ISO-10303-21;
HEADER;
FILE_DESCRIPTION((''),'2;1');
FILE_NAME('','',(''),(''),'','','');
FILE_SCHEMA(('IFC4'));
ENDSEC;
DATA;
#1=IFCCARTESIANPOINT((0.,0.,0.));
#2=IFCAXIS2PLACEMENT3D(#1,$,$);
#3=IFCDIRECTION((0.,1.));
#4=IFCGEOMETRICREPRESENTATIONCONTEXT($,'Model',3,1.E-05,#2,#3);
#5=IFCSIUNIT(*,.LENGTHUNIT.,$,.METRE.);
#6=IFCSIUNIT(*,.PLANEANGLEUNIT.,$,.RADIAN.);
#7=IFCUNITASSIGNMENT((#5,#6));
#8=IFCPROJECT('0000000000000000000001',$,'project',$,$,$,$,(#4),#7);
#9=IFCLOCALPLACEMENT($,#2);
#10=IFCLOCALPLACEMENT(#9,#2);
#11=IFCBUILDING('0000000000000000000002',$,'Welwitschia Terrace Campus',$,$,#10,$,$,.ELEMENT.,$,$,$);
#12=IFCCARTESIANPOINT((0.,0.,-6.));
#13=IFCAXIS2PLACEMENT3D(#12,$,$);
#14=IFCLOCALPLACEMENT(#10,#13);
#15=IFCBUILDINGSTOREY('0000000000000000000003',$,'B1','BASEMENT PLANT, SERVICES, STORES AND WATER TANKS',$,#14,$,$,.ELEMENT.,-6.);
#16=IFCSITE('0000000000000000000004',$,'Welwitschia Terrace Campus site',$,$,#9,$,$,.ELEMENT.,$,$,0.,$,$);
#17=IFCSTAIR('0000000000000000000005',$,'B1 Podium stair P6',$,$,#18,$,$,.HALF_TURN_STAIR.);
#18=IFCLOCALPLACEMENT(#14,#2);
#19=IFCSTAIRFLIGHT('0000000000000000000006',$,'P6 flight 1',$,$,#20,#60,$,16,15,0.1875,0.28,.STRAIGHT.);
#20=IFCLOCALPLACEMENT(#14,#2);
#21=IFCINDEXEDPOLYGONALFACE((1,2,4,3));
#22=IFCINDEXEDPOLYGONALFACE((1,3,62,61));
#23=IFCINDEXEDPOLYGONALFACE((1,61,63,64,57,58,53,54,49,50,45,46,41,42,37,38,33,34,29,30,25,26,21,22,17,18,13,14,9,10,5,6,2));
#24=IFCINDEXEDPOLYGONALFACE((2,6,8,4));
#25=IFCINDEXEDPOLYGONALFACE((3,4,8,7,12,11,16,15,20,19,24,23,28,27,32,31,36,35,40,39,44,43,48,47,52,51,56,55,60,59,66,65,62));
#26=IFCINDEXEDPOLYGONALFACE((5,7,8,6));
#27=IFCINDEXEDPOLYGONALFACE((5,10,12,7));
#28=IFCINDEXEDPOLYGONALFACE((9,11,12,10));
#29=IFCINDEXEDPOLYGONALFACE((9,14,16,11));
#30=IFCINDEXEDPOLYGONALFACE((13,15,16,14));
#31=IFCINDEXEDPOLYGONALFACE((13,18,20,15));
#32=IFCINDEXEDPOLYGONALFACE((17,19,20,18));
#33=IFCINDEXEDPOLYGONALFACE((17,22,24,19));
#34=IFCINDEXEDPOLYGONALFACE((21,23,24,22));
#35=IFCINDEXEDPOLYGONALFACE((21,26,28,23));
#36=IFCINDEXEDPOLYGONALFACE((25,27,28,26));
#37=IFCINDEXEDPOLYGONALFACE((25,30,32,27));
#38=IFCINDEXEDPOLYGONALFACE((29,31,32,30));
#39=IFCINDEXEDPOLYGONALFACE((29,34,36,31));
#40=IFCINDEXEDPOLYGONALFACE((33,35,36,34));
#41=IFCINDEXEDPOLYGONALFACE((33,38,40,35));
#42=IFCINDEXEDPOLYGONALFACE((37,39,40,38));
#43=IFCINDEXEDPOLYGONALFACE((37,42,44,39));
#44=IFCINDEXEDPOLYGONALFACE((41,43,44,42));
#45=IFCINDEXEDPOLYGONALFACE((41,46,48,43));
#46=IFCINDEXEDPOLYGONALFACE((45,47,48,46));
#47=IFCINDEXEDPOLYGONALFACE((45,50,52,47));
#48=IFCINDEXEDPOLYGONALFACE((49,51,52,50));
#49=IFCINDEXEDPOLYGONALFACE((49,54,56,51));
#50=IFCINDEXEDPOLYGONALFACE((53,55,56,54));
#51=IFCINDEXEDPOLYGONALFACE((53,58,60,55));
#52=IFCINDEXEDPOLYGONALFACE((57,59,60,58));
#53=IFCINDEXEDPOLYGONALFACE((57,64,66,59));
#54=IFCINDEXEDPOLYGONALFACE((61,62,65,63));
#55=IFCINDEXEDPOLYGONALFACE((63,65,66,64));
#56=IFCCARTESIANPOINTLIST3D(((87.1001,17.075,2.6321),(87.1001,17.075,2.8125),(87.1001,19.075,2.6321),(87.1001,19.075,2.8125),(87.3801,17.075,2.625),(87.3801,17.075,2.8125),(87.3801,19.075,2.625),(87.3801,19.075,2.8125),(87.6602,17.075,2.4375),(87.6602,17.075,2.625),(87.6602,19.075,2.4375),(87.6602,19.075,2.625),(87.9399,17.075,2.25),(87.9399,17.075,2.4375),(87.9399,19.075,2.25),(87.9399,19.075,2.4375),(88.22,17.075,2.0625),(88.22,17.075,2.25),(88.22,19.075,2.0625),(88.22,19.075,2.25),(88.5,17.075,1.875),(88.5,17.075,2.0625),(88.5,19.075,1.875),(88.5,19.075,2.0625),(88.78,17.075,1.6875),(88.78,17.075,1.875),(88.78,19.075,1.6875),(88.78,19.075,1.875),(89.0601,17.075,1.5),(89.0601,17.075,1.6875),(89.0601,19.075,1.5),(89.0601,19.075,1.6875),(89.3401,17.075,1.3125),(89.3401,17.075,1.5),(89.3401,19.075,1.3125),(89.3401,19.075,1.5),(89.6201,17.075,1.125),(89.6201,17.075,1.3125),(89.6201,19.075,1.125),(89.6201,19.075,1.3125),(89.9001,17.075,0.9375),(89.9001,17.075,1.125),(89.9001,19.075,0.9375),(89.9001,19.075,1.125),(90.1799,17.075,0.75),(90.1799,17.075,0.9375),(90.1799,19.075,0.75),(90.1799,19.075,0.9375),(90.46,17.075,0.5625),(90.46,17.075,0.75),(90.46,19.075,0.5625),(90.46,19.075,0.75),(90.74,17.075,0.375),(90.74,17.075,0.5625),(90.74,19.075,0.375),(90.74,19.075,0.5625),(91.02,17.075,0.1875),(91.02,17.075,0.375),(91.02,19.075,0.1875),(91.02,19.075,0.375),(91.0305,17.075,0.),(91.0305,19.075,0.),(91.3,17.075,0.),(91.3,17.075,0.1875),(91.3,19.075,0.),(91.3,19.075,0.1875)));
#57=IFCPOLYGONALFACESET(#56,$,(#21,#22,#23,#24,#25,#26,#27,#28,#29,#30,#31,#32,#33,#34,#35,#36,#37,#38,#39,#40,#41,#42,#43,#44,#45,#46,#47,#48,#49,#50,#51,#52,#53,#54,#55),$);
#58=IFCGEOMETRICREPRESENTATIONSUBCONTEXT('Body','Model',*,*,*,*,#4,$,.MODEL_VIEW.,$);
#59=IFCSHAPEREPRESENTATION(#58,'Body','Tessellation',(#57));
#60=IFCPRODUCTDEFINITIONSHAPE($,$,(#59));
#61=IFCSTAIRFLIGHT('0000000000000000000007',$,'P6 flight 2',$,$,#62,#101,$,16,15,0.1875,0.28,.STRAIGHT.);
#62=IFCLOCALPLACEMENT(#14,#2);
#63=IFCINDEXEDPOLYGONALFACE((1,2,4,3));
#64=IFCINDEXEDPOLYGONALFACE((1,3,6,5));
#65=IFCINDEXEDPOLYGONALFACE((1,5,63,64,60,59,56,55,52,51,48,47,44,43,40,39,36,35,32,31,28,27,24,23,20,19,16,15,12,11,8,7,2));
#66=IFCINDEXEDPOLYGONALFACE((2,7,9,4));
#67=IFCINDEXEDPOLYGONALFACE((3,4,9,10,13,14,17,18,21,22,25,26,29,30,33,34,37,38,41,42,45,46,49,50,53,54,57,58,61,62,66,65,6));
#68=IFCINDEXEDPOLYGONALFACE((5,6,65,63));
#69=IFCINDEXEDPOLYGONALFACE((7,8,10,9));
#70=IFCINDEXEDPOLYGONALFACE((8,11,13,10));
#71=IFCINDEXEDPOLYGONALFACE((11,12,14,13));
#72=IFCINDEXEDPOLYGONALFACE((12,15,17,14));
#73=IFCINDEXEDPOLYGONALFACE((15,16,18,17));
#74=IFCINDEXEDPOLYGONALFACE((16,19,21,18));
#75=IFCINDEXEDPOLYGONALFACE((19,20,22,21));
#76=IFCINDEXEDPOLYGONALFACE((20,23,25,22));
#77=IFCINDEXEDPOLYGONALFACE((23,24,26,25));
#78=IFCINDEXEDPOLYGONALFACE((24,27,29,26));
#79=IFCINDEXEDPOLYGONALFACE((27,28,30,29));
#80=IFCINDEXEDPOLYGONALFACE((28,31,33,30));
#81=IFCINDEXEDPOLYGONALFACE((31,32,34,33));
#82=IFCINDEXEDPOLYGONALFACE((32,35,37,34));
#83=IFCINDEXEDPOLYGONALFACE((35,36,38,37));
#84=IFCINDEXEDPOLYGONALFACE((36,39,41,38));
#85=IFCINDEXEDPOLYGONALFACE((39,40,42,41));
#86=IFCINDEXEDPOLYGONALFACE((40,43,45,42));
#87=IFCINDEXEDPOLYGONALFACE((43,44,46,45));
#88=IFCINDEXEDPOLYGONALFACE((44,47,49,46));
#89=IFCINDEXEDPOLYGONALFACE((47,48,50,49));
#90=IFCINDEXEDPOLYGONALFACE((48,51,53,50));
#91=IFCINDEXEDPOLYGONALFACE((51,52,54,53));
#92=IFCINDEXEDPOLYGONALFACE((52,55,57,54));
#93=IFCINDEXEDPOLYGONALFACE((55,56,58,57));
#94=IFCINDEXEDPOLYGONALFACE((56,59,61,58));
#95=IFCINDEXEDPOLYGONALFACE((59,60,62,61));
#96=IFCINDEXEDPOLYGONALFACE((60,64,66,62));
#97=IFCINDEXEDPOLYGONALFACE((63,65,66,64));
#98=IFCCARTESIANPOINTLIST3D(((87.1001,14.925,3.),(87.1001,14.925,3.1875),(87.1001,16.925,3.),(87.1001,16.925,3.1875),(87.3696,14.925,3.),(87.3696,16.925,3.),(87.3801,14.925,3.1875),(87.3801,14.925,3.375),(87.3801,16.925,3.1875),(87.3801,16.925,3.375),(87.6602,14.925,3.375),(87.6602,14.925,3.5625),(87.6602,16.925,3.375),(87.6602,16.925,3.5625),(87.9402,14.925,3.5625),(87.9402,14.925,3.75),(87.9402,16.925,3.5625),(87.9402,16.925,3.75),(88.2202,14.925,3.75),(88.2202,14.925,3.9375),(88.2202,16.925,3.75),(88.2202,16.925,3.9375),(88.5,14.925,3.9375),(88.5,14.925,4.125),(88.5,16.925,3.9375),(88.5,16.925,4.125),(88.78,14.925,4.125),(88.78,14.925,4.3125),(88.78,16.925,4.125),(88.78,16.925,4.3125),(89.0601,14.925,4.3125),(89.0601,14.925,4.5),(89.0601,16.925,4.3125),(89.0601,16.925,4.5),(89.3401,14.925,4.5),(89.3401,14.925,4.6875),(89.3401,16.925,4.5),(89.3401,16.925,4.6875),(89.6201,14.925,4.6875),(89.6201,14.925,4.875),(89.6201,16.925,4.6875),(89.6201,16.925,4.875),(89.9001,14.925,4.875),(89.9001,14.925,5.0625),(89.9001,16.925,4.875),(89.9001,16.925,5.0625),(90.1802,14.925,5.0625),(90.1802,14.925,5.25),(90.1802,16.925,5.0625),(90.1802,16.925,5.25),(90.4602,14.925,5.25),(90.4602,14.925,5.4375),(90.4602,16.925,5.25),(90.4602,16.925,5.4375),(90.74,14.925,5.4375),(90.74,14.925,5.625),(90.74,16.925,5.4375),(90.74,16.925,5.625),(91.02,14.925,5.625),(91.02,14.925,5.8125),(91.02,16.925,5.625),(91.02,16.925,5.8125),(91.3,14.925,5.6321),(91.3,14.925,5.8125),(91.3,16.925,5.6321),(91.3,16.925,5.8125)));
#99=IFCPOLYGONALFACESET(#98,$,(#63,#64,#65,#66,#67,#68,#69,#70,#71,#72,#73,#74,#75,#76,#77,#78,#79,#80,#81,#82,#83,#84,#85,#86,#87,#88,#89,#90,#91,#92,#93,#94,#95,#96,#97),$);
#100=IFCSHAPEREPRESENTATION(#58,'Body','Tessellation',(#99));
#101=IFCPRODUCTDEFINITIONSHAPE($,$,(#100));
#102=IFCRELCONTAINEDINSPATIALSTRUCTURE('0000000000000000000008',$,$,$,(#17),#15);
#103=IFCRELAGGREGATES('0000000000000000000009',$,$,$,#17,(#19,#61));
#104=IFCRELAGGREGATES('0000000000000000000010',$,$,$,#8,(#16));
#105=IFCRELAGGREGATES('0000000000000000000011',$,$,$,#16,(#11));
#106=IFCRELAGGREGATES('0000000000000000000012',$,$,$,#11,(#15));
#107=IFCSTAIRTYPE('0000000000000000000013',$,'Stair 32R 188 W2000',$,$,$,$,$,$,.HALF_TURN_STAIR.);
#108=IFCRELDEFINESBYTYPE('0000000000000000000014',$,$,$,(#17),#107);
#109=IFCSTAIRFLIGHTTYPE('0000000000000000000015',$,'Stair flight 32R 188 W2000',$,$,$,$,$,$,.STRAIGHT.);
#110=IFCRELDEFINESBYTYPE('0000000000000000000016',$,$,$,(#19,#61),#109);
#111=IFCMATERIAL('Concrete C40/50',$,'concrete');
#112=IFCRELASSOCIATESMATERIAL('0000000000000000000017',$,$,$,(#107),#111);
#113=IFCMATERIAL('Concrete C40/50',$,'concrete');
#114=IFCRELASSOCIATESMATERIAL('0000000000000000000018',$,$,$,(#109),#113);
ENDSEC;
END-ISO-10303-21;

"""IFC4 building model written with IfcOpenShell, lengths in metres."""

from ifc_helpers import new_model, si_unit, direction, frame, origin, place, context, subcontext, project, spatial, polyline, outline, extrude, material, type_object, element, aggregate, save


model = new_model("IFC4")

# Units and contexts
model_context = context("Model", 3, precision=1e-05, world=origin(), true_north=direction((0.0, 1.0)))
body_context = subcontext(model_context, "Body", "Model", "MODEL_VIEW")
ifc_project = project(units=[si_unit("LENGTHUNIT", "METRE"), si_unit("PLANEANGLEUNIT", "RADIAN")], contexts=[model_context])

# Site, building, storey
site_placement = place(None, origin())
site = spatial("IfcSite", under=ifc_project, at=site_placement, Name="Welwitschia Terrace Campus site", CompositionType="ELEMENT", RefElevation=0.0)
building_placement = place(site_placement, origin())
building = spatial("IfcBuilding", under=site, at=building_placement, Name="Welwitschia Terrace Campus", CompositionType="ELEMENT")
storey_placement = place(building_placement, frame((0.0, 0.0, -6.0)))
storey = spatial("IfcBuildingStorey", under=building, at=storey_placement, Name="B1", Description="BASEMENT PLANT, SERVICES, STORES AND WATER TANKS", CompositionType="ELEMENT", Elevation=-6.0)

# Stair, stair flights
ifc_material_1 = material(Name="Concrete C40/50", Category="concrete")
stair_type = type_object("IfcStairType", Name="Stair 32R 188 W2000", PredefinedType="HALF_TURN_STAIR", material=ifc_material_1)
stair_placement = place(storey_placement, origin())
stair = element("IfcStair", 1, at=stair_placement, inside=storey, type_object=stair_type, Name="B1 Podium stair P6", PredefinedType="HALF_TURN_STAIR")
ifc_material_2 = material(Name="Concrete C40/50", Category="concrete")
stair_flight_type = type_object("IfcStairFlightType", Name="Stair flight 32R 188 W2000", PredefinedType="STRAIGHT", material=ifc_material_2)
stair_flight_1_placement = place(storey_placement, frame((91.3, 18.075, 0.0), z_axis=(0.0, 0.0, 1.0), x_axis=(-1.0, 0.0, 0.0)))
stair_flight_1 = element("IfcStairFlight", 2, at=stair_flight_1_placement, type_object=stair_flight_type, Name="P6 flight 1", NumberOfRisers=16, NumberOfTreads=15, PredefinedType="STRAIGHT", RiserHeight=0.1875, TreadLength=0.28, context=body_context, shape_type="SweptSolid", body=[
    extrude(outline(polyline([(0.0, 0.0), (0.0, 0.1875), (0.28, 0.1875), (0.28, 0.375), (0.5601, 0.375), (0.5601, 0.5625), (0.8401, 0.5625), (0.8401, 0.75), (1.1201, 0.75), (1.1201, 0.9375), (1.3999, 0.9375), (1.3999, 1.125), (1.6799, 1.125), (1.6799, 1.3125), (1.96, 1.3125), (1.96, 1.5), (2.24, 1.5), (2.24, 1.6875), (2.52, 1.6875), (2.52, 1.875), (2.8, 1.875), (2.8, 2.0625), (3.0801, 2.0625), (3.0801, 2.25), (3.3601, 2.25), (3.3601, 2.4375), (3.6399, 2.4375), (3.6399, 2.625), (3.9199, 2.625), (3.9199, 2.8125), (4.2, 2.8125), (4.2, 3.0), (4.2, 2.6321), (0.2695, 0.0), (0.0, 0.0)])), frame((0.0, 1.0, 0.0), z_axis=(0.0, -1.0, 0.0), x_axis=(1.0, 0.0, 0.0)), (0.0, 0.0, 1.0), 2.0),
])
stair_flight_2_placement = place(storey_placement, frame((87.1001, 15.925, 3.0), z_axis=(0.0, 0.0, 1.0), x_axis=(1.0, 0.0, 0.0)))
stair_flight_2 = element("IfcStairFlight", 3, at=stair_flight_2_placement, type_object=stair_flight_type, Name="P6 flight 2", NumberOfRisers=16, NumberOfTreads=15, PredefinedType="STRAIGHT", RiserHeight=0.1875, TreadLength=0.28, context=body_context, shape_type="SweptSolid", body=[
    extrude(outline(polyline([(0.0, 0.0), (0.0, 0.1875), (0.28, 0.1875), (0.28, 0.375), (0.5601, 0.375), (0.5601, 0.5625), (0.8401, 0.5625), (0.8401, 0.75), (1.1201, 0.75), (1.1201, 0.9375), (1.3999, 0.9375), (1.3999, 1.125), (1.6799, 1.125), (1.6799, 1.3125), (1.96, 1.3125), (1.96, 1.5), (2.24, 1.5), (2.24, 1.6875), (2.52, 1.6875), (2.52, 1.875), (2.8, 1.875), (2.8, 2.0625), (3.0801, 2.0625), (3.0801, 2.25), (3.3601, 2.25), (3.3601, 2.4375), (3.6399, 2.4375), (3.6399, 2.625), (3.9199, 2.625), (3.9199, 2.8125), (4.2, 2.8125), (4.2, 3.0), (4.2, 2.6321), (0.2695, 0.0), (0.0, 0.0)])), frame((0.0, 1.0, 0.0), z_axis=(0.0, -1.0, 0.0), x_axis=(1.0, 0.0, 0.0)), (0.0, 0.0, 1.0), 2.0),
])
aggregate(stair, [stair_flight_1, stair_flight_2])

save(model, "model.ifc")
